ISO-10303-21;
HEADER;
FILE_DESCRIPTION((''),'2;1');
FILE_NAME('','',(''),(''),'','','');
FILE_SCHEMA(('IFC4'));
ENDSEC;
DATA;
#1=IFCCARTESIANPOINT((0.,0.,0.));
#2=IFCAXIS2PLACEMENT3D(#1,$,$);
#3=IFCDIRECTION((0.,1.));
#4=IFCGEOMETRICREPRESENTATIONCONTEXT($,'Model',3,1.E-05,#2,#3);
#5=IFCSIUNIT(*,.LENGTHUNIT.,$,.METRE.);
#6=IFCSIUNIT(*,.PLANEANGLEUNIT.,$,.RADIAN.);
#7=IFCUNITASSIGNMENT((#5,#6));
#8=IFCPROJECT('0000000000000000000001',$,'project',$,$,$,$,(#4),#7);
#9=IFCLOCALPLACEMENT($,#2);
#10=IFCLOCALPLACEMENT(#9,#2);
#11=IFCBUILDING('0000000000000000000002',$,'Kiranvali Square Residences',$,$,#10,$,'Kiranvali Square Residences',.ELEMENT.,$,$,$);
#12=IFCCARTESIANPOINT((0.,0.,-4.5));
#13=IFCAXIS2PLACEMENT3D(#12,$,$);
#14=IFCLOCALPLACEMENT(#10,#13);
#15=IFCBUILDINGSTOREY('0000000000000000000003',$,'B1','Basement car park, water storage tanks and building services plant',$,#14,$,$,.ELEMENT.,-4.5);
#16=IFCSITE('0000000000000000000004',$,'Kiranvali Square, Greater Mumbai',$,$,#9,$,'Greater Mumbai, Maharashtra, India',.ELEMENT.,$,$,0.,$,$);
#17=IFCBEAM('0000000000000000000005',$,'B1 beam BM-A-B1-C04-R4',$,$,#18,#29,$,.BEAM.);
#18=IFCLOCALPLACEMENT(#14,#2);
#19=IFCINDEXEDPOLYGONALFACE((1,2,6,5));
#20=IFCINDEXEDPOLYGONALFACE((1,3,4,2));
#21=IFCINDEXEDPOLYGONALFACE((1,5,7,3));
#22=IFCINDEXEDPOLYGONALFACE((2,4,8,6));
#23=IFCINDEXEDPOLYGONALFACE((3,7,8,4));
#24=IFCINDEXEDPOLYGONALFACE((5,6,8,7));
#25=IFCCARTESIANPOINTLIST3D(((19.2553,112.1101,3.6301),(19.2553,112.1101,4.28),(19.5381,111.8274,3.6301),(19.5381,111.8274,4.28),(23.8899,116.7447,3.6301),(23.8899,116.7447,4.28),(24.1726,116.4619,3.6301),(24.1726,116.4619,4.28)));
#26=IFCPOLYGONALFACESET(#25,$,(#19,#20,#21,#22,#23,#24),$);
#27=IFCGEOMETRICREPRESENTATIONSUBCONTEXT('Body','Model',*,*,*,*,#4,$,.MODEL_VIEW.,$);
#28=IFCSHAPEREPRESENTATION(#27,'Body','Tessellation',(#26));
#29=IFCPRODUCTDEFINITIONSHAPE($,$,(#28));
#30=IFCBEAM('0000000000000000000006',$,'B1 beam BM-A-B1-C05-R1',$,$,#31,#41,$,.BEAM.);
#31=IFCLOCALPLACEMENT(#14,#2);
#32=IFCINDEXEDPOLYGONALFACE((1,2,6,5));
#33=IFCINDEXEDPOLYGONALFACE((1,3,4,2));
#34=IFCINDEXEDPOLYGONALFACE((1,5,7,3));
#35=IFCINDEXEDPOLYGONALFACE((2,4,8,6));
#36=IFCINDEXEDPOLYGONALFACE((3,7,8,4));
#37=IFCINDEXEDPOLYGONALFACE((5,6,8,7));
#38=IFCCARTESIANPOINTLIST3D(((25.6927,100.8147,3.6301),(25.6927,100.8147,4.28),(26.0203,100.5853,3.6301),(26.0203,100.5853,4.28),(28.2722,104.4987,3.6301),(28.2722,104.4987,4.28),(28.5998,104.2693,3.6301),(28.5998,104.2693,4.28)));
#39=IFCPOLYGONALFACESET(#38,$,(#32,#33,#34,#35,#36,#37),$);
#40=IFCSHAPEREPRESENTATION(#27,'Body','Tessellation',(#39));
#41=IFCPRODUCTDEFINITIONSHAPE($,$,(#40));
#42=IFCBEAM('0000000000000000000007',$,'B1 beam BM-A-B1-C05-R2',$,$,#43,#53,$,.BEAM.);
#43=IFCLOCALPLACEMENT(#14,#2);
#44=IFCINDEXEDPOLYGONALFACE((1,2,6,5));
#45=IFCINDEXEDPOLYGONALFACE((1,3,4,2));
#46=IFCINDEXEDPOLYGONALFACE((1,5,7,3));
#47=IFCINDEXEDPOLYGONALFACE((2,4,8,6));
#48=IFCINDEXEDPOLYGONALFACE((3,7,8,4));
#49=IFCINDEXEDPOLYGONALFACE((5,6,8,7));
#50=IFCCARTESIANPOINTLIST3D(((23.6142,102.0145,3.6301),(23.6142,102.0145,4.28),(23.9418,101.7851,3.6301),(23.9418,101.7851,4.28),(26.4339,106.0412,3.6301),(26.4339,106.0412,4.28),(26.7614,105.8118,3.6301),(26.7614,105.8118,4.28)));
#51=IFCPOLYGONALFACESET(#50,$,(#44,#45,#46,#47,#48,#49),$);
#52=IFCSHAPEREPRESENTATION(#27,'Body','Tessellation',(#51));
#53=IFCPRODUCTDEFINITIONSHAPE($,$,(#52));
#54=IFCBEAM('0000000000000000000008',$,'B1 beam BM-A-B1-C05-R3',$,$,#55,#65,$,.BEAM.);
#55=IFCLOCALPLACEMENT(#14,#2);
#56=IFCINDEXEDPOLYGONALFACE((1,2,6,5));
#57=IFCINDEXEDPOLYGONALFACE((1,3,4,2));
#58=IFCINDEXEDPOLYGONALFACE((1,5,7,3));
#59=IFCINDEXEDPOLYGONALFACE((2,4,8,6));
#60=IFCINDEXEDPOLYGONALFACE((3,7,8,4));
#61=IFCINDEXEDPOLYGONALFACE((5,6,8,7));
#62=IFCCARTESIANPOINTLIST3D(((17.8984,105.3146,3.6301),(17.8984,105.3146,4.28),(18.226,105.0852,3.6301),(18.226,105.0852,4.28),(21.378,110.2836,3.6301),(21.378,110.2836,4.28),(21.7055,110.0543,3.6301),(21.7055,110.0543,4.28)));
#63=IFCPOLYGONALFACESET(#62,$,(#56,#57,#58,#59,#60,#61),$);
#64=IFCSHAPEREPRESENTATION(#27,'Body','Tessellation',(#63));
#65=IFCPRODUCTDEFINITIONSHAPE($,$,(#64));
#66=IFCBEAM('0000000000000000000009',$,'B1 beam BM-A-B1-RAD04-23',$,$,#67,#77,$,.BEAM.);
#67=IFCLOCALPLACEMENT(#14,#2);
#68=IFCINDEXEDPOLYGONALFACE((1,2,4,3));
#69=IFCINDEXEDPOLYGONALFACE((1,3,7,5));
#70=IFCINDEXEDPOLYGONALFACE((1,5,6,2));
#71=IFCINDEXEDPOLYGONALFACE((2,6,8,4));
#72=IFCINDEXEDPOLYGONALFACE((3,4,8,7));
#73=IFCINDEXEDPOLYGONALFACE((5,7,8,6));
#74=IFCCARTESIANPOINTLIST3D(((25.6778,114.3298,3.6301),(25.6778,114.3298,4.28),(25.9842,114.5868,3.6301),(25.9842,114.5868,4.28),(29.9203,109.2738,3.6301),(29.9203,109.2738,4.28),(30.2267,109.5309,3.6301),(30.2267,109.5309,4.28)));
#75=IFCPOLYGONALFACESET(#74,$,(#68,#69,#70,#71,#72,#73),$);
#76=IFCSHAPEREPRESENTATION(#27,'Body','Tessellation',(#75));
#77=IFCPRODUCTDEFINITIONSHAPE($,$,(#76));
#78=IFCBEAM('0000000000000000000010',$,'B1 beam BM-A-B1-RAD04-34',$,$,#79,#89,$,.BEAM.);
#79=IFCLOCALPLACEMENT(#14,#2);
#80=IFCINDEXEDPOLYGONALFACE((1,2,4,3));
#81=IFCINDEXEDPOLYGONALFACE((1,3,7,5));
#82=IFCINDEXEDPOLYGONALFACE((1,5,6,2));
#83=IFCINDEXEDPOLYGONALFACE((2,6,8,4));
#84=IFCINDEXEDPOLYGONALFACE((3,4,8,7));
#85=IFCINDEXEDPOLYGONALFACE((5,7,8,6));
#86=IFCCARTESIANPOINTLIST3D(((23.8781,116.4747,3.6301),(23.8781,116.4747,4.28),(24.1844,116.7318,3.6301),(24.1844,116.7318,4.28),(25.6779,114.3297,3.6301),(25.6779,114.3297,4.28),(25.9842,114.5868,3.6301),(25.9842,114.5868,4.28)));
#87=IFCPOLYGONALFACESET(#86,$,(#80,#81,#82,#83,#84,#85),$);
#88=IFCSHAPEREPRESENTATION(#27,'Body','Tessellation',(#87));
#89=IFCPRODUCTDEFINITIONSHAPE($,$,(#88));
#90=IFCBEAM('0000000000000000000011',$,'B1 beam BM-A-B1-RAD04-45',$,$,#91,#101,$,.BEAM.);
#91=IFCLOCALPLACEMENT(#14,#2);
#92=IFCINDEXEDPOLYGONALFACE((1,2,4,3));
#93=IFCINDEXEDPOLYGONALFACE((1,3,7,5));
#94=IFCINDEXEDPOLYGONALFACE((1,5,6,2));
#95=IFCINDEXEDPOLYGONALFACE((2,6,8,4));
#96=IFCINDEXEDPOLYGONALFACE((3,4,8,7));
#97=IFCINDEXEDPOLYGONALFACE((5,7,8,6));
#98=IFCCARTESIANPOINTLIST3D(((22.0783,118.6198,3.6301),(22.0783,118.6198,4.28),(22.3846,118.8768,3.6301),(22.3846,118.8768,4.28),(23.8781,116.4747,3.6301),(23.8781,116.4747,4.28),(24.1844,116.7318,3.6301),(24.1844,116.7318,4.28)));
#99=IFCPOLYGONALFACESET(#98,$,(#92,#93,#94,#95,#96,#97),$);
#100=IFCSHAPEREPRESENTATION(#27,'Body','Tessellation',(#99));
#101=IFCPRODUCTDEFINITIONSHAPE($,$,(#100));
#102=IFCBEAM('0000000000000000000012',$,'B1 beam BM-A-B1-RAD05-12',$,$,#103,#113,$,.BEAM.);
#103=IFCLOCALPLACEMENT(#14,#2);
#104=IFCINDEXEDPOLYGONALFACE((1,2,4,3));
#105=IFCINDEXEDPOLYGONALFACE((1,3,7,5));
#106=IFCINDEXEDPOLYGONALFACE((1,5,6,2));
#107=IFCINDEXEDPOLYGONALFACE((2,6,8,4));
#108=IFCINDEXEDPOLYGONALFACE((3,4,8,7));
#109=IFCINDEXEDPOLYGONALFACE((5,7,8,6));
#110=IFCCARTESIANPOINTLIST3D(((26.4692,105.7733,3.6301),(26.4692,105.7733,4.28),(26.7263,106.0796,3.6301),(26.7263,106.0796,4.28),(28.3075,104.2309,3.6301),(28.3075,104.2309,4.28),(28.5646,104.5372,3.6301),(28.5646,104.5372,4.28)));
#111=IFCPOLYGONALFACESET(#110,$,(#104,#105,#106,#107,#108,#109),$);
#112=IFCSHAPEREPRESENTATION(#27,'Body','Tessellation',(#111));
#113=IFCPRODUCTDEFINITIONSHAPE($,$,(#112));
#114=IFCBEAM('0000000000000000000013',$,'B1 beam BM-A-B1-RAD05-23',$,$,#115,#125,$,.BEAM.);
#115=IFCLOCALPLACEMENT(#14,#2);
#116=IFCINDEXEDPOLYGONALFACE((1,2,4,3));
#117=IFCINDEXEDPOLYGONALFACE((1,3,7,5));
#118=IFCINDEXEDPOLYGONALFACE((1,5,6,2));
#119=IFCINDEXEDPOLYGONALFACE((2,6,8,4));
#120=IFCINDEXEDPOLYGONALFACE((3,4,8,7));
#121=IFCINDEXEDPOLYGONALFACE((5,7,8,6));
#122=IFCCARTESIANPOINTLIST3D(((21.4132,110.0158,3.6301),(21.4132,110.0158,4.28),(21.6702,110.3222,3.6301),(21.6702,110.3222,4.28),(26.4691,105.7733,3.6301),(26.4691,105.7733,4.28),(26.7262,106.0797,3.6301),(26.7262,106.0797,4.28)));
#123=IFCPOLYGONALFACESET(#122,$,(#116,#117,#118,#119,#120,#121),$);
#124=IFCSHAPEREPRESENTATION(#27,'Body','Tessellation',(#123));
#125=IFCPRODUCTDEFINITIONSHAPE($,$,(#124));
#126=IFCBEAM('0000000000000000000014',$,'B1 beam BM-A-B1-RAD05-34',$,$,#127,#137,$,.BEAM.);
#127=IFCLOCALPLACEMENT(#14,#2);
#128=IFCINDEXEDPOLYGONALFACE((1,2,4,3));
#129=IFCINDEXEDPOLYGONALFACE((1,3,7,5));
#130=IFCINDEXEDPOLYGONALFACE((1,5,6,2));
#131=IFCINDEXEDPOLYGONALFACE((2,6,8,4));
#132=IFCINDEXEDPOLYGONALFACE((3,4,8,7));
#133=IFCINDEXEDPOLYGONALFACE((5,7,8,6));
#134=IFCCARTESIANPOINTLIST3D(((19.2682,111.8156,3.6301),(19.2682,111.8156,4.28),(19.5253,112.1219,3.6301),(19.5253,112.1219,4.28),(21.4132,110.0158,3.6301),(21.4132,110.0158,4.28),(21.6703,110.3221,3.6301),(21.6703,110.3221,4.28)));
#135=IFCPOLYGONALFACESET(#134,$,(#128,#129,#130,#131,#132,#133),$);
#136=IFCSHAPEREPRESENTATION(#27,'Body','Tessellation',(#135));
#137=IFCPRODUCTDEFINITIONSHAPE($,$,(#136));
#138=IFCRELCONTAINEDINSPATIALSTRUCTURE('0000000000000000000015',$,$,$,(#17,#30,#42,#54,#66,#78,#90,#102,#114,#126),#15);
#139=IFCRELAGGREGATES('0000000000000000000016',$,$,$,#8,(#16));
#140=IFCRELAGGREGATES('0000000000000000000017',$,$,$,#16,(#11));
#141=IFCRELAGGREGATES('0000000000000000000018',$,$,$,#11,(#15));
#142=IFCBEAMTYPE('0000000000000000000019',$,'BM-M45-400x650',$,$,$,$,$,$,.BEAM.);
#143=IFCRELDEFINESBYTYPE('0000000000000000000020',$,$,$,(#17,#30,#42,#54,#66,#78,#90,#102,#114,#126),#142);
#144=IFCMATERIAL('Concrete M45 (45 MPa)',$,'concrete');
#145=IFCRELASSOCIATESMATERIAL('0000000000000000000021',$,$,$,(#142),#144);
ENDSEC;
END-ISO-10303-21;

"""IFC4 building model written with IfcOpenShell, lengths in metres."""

from ifc_helpers import new_model, si_unit, direction, frame, origin, origin_2d, place, context, subcontext, project, spatial, rectangle, extrude, material, material_profile, profile_set, type_object, element, save


model = new_model("IFC4")

# Units and contexts
model_context = context("Model", 3, precision=1e-05, world=origin(), true_north=direction((0.0, 1.0)))
body_context = subcontext(model_context, "Body", "Model", "MODEL_VIEW")
ifc_project = project(units=[si_unit("LENGTHUNIT", "METRE"), si_unit("PLANEANGLEUNIT", "RADIAN")], contexts=[model_context])

# Site, building, storey
site_placement = place(None, origin())
site = spatial("IfcSite", under=ifc_project, at=site_placement, Name="Kiranvali Square, Greater Mumbai", LongName="Greater Mumbai, Maharashtra, India", CompositionType="ELEMENT", RefElevation=0.0)
building_placement = place(site_placement, origin())
building = spatial("IfcBuilding", under=site, at=building_placement, Name="Kiranvali Square Residences", LongName="Kiranvali Square Residences", CompositionType="ELEMENT")
storey_placement = place(building_placement, frame((0.0, 0.0, -4.5)))
storey = spatial("IfcBuildingStorey", under=building, at=storey_placement, Name="B1", Description="Basement car park, water storage tanks and building services plant", CompositionType="ELEMENT", Elevation=-4.5)

# Shared definitions
ifc_material_1 = material(Name="Concrete M45 (45 MPa)", Category="concrete")

# Beams
ifc_material_profile_1 = material_profile(ifc_material_1, rectangle(XDim=0.3999, YDim=0.6499, at=origin_2d()), Name="RC 400x650")
ifc_profile_set_1 = profile_set([ifc_material_profile_1], Name="Concrete M45 (45 MPa)")
beam_type = type_object("IfcBeamType", Name="BM-M45-400x650", PredefinedType="BEAM", material=ifc_profile_set_1)
beam_1_placement = place(storey_placement, frame((24.0312, 116.6033, 3.9551), z_axis=(-0.707107, -0.707107, 0.0), x_axis=(0.707107, -0.707107, 0.0)))
element("IfcBeam", 1, at=beam_1_placement, inside=storey, type_object=beam_type, Name="B1 beam BM-A-B1-C04-R4", PredefinedType="BEAM", context=body_context, shape_type="SweptSolid", body=[
    extrude(rectangle(XDim=0.3999, YDim=0.6499, at=origin_2d()), origin(), (0.0, 0.0, 1.0), 6.5542),
])
beam_2_placement = place(storey_placement, frame((28.436, 104.384, 3.9551), z_axis=(-0.573572, -0.819155, 0.0), x_axis=(0.819155, -0.573572, 0.0)))
element("IfcBeam", 2, at=beam_2_placement, inside=storey, type_object=beam_type, Name="B1 beam BM-A-B1-C05-R1", PredefinedType="BEAM", context=body_context, shape_type="SweptSolid", body=[
    extrude(rectangle(XDim=0.3999, YDim=0.6499, at=origin_2d()), origin(), (0.0, 0.0, 1.0), 4.4973),
])
beam_3_placement = place(storey_placement, frame((26.5977, 105.9265, 3.9551), z_axis=(-0.573592, -0.819141, 0.0), x_axis=(0.819141, -0.573592, 0.0)))
element("IfcBeam", 3, at=beam_3_placement, inside=storey, type_object=beam_type, Name="B1 beam BM-A-B1-C05-R2", PredefinedType="BEAM", context=body_context, shape_type="SweptSolid", body=[
    extrude(rectangle(XDim=0.3999, YDim=0.6499, at=origin_2d()), origin(), (0.0, 0.0, 1.0), 4.9158),
])
beam_4_placement = place(storey_placement, frame((21.5417, 110.1689, 3.9551), z_axis=(-0.573595, -0.819139, 0.0), x_axis=(0.819139, -0.573595, 0.0)))
element("IfcBeam", 4, at=beam_4_placement, inside=storey, type_object=beam_type, Name="B1 beam BM-A-B1-C05-R3", PredefinedType="BEAM", context=body_context, shape_type="SweptSolid", body=[
    extrude(rectangle(XDim=0.3999, YDim=0.6499, at=origin_2d()), origin(), (0.0, 0.0, 1.0), 6.0662),
])
beam_5_placement = place(storey_placement, frame((30.0735, 109.4023, 3.9551), z_axis=(-0.642789, 0.766043, 0.0), x_axis=(-0.766043, -0.642789, 0.0)))
element("IfcBeam", 5, at=beam_5_placement, inside=storey, type_object=beam_type, Name="B1 beam BM-A-B1-RAD04-23", PredefinedType="BEAM", context=body_context, shape_type="SweptSolid", body=[
    extrude(rectangle(XDim=0.3999, YDim=0.6499, at=origin_2d()), origin(), (0.0, 0.0, 1.0), 6.6001),
])
for number, where, z_axis, x_axis, name in (
    (6, (25.8311, 114.4583, 3.9551), (-0.642771, 0.766059, 0.0), (-0.766059, -0.642771, 0.0), "B1 beam BM-A-B1-RAD04-34"),
    (7, (24.0312, 116.6033, 3.9551), (-0.642771, 0.766059, 0.0), (-0.766059, -0.642771, 0.0), "B1 beam BM-A-B1-RAD04-45"),
):
    element("IfcBeam", number, at=place(storey_placement, frame(where, z_axis=z_axis, x_axis=x_axis)), inside=storey, type_object=beam_type, Name=name, PredefinedType="BEAM", context=body_context, shape_type="SweptSolid", body=[
        extrude(rectangle(XDim=0.3999, YDim=0.6499, at=origin_2d()), origin(), (0.0, 0.0, 1.0), 2.8),
    ])
beam_6_placement = place(storey_placement, frame((28.436, 104.384, 3.9551), z_axis=(-0.766065, 0.642763, 0.0), x_axis=(-0.642763, -0.766065, 0.0)))
element("IfcBeam", 8, at=beam_6_placement, inside=storey, type_object=beam_type, Name="B1 beam BM-A-B1-RAD05-12", PredefinedType="BEAM", context=body_context, shape_type="SweptSolid", body=[
    extrude(rectangle(XDim=0.3999, YDim=0.6499, at=origin_2d()), origin(), (0.0, 0.0, 1.0), 2.3997),
])
beam_7_placement = place(storey_placement, frame((26.5977, 105.9265, 3.9551), z_axis=(-0.766043, 0.642789, 0.0), x_axis=(-0.642789, -0.766043, 0.0)))
element("IfcBeam", 9, at=beam_7_placement, inside=storey, type_object=beam_type, Name="B1 beam BM-A-B1-RAD05-23", PredefinedType="BEAM", context=body_context, shape_type="SweptSolid", body=[
    extrude(rectangle(XDim=0.3999, YDim=0.6499, at=origin_2d()), origin(), (0.0, 0.0, 1.0), 6.6001),
])
beam_8_placement = place(storey_placement, frame((21.5417, 110.1689, 3.9551), z_axis=(-0.766059, 0.642771, 0.0), x_axis=(-0.642771, -0.766059, 0.0)))
element("IfcBeam", 10, at=beam_8_placement, inside=storey, type_object=beam_type, Name="B1 beam BM-A-B1-RAD05-34", PredefinedType="BEAM", context=body_context, shape_type="SweptSolid", body=[
    extrude(rectangle(XDim=0.3999, YDim=0.6499, at=origin_2d()), origin(), (0.0, 0.0, 1.0), 2.8),
])

save(model, "model.ifc")
